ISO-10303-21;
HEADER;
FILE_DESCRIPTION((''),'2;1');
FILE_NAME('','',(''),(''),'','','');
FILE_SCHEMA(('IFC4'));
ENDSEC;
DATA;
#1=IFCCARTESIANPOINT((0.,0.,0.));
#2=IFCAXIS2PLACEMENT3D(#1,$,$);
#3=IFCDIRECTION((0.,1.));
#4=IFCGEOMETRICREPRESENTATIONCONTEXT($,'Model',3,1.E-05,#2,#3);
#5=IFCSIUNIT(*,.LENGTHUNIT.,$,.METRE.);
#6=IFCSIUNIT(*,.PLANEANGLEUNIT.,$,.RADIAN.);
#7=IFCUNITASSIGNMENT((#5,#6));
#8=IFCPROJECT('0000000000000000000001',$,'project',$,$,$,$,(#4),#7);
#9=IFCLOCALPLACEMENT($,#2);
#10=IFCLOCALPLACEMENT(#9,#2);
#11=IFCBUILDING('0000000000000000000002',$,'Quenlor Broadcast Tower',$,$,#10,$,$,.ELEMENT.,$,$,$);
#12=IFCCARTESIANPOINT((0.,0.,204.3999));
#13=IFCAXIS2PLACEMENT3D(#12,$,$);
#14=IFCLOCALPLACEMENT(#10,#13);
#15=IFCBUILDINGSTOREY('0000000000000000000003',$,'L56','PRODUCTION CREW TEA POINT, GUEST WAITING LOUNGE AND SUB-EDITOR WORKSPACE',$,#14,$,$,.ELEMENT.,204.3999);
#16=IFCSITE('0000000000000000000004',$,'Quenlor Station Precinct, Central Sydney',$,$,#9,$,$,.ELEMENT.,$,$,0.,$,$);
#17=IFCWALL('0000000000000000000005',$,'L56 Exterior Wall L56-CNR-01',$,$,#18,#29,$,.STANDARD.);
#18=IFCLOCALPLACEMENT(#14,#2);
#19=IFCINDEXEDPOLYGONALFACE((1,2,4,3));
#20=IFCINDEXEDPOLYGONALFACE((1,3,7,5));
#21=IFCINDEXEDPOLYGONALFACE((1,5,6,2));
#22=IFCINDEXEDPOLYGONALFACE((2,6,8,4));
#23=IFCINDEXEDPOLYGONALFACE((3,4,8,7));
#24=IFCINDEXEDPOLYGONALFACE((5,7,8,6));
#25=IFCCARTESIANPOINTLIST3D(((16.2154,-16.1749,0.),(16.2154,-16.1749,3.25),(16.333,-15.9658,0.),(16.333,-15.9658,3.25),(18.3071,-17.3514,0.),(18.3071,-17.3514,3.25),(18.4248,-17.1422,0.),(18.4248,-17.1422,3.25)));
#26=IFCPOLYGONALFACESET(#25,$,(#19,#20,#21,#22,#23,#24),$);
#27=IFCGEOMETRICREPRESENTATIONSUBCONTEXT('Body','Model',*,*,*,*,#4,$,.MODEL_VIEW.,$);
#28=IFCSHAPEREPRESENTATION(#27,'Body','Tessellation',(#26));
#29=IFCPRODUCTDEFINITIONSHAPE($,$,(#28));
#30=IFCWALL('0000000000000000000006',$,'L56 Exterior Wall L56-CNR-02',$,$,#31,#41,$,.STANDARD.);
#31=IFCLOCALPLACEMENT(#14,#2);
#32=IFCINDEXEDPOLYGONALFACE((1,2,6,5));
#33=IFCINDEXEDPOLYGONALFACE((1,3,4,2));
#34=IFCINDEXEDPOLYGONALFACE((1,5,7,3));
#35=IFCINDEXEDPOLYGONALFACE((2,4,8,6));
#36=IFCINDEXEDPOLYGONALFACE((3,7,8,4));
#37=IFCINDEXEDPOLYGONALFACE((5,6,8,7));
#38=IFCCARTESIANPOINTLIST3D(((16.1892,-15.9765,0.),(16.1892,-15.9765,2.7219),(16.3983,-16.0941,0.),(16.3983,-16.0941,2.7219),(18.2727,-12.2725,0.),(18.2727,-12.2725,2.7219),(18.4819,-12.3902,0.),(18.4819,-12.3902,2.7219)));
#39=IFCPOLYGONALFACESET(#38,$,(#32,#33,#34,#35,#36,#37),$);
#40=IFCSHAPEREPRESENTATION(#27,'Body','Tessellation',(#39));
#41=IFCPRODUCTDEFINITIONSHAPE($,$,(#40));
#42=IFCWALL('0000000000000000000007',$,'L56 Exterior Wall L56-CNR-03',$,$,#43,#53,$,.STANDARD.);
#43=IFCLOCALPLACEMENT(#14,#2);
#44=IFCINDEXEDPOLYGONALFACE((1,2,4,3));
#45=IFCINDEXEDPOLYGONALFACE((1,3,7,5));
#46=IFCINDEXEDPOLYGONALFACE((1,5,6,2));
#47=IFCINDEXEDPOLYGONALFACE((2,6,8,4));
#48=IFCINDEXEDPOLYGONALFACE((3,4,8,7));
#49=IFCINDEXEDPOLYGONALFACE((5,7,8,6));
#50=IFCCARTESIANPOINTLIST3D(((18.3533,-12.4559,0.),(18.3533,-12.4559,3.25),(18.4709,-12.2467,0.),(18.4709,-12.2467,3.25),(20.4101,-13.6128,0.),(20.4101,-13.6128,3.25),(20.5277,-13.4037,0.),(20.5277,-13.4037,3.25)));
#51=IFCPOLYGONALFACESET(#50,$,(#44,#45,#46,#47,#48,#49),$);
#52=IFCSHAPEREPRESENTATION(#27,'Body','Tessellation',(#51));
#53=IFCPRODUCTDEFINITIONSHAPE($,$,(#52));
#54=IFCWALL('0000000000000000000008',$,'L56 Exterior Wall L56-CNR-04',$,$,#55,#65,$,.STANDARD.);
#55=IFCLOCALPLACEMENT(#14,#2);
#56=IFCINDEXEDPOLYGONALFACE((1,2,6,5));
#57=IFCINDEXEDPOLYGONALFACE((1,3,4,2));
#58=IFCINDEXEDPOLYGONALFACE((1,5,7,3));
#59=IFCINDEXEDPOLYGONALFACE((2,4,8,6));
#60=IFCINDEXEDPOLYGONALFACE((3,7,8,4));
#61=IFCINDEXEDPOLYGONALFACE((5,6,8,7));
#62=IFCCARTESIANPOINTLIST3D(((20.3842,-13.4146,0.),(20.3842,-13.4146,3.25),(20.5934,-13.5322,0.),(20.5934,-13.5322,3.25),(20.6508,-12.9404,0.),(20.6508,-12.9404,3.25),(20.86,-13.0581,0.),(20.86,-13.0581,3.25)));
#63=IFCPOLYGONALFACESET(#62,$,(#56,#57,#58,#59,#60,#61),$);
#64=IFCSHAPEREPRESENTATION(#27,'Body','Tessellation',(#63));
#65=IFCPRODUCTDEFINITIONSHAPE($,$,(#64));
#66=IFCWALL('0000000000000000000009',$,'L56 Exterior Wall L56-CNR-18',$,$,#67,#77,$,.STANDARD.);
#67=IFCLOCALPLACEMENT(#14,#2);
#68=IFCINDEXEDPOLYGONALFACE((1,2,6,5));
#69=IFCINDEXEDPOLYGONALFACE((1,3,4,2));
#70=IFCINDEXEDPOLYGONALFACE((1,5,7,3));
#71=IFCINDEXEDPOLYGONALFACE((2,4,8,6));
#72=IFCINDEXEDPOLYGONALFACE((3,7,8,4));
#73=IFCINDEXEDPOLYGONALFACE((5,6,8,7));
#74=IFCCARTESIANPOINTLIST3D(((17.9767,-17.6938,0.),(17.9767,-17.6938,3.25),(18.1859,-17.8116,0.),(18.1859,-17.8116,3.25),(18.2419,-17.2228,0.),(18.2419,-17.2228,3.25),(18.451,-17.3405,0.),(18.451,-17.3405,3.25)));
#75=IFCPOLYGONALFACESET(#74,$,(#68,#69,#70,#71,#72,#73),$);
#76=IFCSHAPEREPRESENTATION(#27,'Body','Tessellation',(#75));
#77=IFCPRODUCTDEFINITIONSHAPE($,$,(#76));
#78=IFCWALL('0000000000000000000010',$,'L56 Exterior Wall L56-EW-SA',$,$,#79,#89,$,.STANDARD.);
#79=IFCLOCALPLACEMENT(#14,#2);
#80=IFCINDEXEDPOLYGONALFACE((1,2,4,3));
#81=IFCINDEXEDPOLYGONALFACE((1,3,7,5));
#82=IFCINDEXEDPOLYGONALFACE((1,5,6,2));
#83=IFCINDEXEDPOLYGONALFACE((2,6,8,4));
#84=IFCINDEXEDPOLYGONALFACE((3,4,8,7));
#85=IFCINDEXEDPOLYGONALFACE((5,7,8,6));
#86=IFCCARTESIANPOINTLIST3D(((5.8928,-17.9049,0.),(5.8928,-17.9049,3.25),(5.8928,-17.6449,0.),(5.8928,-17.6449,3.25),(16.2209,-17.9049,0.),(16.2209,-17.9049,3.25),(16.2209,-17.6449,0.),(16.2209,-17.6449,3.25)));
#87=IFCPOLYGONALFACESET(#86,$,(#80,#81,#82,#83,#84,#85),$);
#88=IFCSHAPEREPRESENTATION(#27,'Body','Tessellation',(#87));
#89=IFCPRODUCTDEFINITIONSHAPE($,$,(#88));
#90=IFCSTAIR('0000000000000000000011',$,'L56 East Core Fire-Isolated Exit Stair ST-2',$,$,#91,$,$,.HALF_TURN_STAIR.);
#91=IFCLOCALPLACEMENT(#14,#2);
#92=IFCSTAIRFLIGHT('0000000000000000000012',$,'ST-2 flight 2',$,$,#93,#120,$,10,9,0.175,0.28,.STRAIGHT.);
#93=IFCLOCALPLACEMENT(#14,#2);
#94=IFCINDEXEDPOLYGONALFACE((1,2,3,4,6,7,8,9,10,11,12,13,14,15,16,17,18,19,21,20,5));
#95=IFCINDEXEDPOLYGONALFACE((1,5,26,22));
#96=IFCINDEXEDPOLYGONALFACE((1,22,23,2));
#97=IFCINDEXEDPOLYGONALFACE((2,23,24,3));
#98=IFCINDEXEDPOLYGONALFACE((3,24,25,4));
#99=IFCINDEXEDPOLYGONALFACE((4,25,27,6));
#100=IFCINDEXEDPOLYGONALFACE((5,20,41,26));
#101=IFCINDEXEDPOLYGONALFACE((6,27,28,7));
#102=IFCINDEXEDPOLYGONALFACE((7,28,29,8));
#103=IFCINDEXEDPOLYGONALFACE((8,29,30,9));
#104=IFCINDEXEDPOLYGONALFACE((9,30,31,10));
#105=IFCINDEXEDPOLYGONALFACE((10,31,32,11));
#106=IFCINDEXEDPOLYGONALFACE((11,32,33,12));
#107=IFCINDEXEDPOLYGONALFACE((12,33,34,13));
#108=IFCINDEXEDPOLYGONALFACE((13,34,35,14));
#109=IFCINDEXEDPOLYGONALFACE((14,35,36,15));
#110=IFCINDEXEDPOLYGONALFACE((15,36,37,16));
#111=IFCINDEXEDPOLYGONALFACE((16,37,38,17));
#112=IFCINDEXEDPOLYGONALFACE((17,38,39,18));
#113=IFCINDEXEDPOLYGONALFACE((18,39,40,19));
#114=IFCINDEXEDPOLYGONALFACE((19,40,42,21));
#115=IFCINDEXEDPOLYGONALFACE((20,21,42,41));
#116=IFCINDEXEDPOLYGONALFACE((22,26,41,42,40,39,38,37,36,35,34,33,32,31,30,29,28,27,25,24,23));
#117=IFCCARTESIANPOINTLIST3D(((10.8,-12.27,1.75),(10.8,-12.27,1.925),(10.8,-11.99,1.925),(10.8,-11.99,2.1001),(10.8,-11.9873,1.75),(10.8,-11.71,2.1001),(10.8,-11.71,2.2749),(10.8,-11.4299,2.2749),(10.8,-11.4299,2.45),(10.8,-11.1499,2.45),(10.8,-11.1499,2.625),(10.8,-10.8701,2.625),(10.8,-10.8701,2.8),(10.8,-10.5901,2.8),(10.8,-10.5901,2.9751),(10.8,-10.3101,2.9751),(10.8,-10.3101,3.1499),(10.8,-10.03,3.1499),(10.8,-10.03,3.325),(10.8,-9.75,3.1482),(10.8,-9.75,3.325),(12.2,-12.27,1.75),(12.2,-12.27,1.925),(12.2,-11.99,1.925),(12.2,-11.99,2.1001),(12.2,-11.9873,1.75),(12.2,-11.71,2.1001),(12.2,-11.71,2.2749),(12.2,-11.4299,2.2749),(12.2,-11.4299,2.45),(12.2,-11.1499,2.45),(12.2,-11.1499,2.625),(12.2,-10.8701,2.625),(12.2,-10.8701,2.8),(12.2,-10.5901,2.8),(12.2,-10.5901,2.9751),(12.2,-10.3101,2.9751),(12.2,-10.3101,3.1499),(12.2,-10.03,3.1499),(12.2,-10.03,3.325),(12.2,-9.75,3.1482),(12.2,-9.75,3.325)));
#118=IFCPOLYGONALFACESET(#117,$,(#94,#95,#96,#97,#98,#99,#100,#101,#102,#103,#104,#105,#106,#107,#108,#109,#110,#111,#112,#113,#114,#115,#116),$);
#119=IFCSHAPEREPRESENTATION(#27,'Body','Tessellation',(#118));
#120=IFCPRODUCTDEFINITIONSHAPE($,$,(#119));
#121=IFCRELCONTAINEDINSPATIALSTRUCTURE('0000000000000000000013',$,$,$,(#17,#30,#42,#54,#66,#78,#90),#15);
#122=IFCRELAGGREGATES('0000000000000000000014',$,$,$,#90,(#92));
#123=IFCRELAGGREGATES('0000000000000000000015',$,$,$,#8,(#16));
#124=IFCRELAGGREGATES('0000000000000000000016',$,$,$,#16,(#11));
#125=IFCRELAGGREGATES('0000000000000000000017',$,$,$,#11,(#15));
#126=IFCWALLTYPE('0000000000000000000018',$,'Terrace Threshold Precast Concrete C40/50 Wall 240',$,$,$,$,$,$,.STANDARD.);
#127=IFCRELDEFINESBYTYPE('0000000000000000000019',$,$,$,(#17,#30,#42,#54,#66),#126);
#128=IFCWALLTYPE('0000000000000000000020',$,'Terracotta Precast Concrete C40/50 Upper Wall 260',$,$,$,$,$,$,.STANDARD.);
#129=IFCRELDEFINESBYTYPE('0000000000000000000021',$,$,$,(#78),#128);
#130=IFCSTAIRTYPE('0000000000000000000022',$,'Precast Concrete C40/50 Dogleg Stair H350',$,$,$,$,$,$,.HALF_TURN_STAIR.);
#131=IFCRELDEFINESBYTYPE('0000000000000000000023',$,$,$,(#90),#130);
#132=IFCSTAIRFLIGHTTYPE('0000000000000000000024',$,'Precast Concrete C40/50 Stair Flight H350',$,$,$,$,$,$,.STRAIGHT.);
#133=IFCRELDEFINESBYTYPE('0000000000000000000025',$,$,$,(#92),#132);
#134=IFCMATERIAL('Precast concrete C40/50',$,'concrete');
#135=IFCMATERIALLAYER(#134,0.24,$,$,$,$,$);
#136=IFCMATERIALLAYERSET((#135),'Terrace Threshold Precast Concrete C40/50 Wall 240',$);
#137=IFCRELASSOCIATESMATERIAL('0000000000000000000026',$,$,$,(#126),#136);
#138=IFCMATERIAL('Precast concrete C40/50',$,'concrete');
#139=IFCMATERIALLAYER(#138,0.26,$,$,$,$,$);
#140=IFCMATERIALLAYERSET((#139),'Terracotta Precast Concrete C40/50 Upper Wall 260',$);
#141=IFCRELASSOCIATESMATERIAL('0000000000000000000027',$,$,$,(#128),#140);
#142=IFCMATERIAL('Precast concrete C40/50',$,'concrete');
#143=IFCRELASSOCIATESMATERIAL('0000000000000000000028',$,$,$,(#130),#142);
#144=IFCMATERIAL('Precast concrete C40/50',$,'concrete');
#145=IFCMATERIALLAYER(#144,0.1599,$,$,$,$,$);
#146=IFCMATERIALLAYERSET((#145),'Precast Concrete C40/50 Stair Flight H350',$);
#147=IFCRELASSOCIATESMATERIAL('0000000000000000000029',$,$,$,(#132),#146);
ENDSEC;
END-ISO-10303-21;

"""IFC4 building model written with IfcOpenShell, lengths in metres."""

from ifc_helpers import new_model, si_unit, direction, frame, frame_2d, origin, place, context, subcontext, project, spatial, polyline, rectangle, outline, extrude, material, layer, layer_set, type_object, element, aggregate, save


model = new_model("IFC4")

# Units and contexts
model_context = context("Model", 3, precision=1e-05, world=origin(), true_north=direction((0.0, 1.0)))
body_context = subcontext(model_context, "Body", "Model", "MODEL_VIEW")
ifc_project = project(units=[si_unit("LENGTHUNIT", "METRE"), si_unit("PLANEANGLEUNIT", "RADIAN")], contexts=[model_context])

# Site, building, storey
site_placement = place(None, origin())
site = spatial("IfcSite", under=ifc_project, at=site_placement, Name="Quenlor Station Precinct, Central Sydney", CompositionType="ELEMENT", RefElevation=0.0)
building_placement = place(site_placement, origin())
building = spatial("IfcBuilding", under=site, at=building_placement, Name="Quenlor Broadcast Tower", CompositionType="ELEMENT")
storey_placement = place(building_placement, frame((0.0, 0.0, 204.3999)))
storey = spatial("IfcBuildingStorey", under=building, at=storey_placement, Name="L56", Description="PRODUCTION CREW TEA POINT, GUEST WAITING LOUNGE AND SUB-EDITOR WORKSPACE", CompositionType="ELEMENT", Elevation=204.3999)

# Walls
ifc_material_1 = material(Name="Precast concrete C40/50", Category="concrete")
ifc_layer_1 = layer(ifc_material_1, 0.24)
ifc_layer_set_1 = layer_set([ifc_layer_1], Name="Terrace Threshold Precast Concrete C40/50 Wall 240")
wall_type_1 = type_object("IfcWallType", Name="Terrace Threshold Precast Concrete C40/50 Wall 240", PredefinedType="STANDARD", material=ifc_layer_set_1)
wall_1_placement = place(storey_placement, frame((18.366, -17.2468, 0.0), z_axis=(0.0, 0.0, 1.0), x_axis=(-0.871597, 0.490223, 0.0)))
element("IfcWall", 1, at=wall_1_placement, inside=storey, type_object=wall_type_1, Name="L56 Exterior Wall L56-CNR-01", PredefinedType="STANDARD", context=body_context, shape_type="SweptSolid", body=[
    extrude(rectangle(XDim=2.3999, YDim=0.24, at=frame_2d((1.2, 0.0))), origin(), (0.0, 0.0, 1.0), 3.25),
])
wall_2_placement = place(storey_placement, frame((16.2937, -16.0354, 0.0), z_axis=(0.0, 0.0, 1.0), x_axis=(0.490275, 0.871568, 0.0)))
element("IfcWall", 2, at=wall_2_placement, inside=storey, type_object=wall_type_1, Name="L56 Exterior Wall L56-CNR-02", PredefinedType="STANDARD", context=body_context, shape_type="SweptSolid", body=[
    extrude(rectangle(XDim=4.2498, YDim=0.24, at=frame_2d((2.125, 0.0))), origin(), (0.0, 0.0, 1.0), 2.7219),
])
wall_3_placement = place(storey_placement, frame((18.4121, -12.3513, 0.0), z_axis=(0.0, 0.0, 1.0), x_axis=(0.871578, -0.490256, 0.0)))
element("IfcWall", 3, at=wall_3_placement, inside=storey, type_object=wall_type_1, Name="L56 Exterior Wall L56-CNR-03", PredefinedType="STANDARD", context=body_context, shape_type="SweptSolid", body=[
    extrude(rectangle(XDim=2.3599, YDim=0.24, at=frame_2d((1.1799, 0.0))), origin(), (0.0, 0.0, 1.0), 3.25),
])
wall_4_placement = place(storey_placement, frame((20.4888, -13.4734, 0.0), z_axis=(0.0, 0.0, 1.0), x_axis=(0.490133, 0.871647, 0.0)))
element("IfcWall", 4, at=wall_4_placement, inside=storey, type_object=wall_type_1, Name="L56 Exterior Wall L56-CNR-04", PredefinedType="STANDARD", context=body_context, shape_type="SweptSolid", body=[
    extrude(rectangle(XDim=0.5439, YDim=0.24, at=frame_2d((0.272, 0.0))), origin(), (0.0, 0.0, 1.0), 3.25),
])
wall_5_placement = place(storey_placement, frame((18.0813, -17.7527, 0.0), z_axis=(0.0, 0.0, 1.0), x_axis=(0.490583, 0.871395, 0.0)))
element("IfcWall", 5, at=wall_5_placement, inside=storey, type_object=wall_type_1, Name="L56 Exterior Wall L56-CNR-18", PredefinedType="STANDARD", context=body_context, shape_type="SweptSolid", body=[
    extrude(rectangle(XDim=0.5405, YDim=0.24, at=frame_2d((0.2703, 0.0))), origin(), (0.0, 0.0, 1.0), 3.25),
])
ifc_material_2 = material(Name="Precast concrete C40/50", Category="concrete")
ifc_layer_2 = layer(ifc_material_2, 0.26)
ifc_layer_set_2 = layer_set([ifc_layer_2], Name="Terracotta Precast Concrete C40/50 Upper Wall 260")
wall_type_2 = type_object("IfcWallType", Name="Terracotta Precast Concrete C40/50 Upper Wall 260", PredefinedType="STANDARD", material=ifc_layer_set_2)
wall_6_placement = place(storey_placement, frame((16.2209, -17.7749, 0.0), z_axis=(0.0, 0.0, 1.0), x_axis=(-1.0, 0.0, 0.0)))
element("IfcWall", 6, at=wall_6_placement, inside=storey, type_object=wall_type_2, Name="L56 Exterior Wall L56-EW-SA", PredefinedType="STANDARD", context=body_context, shape_type="SweptSolid", body=[
    extrude(rectangle(XDim=10.3281, YDim=0.26, at=frame_2d((5.1641, 0.0))), origin(), (0.0, 0.0, 1.0), 3.25),
])

# Stair, stair flight
ifc_material_3 = material(Name="Precast concrete C40/50", Category="concrete")
stair_type = type_object("IfcStairType", Name="Precast Concrete C40/50 Dogleg Stair H350", PredefinedType="HALF_TURN_STAIR", material=ifc_material_3)
stair_placement = place(storey_placement, origin())
stair = element("IfcStair", 7, at=stair_placement, inside=storey, type_object=stair_type, Name="L56 East Core Fire-Isolated Exit Stair ST-2", PredefinedType="HALF_TURN_STAIR")
ifc_material_4 = material(Name="Precast concrete C40/50", Category="concrete")
ifc_layer_3 = layer(ifc_material_4, 0.1599)
ifc_layer_set_3 = layer_set([ifc_layer_3], Name="Precast Concrete C40/50 Stair Flight H350")
stair_flight_type = type_object("IfcStairFlightType", Name="Precast Concrete C40/50 Stair Flight H350", PredefinedType="STRAIGHT", material=ifc_layer_set_3)
stair_flight_placement = place(storey_placement, frame((11.5, -12.27, 1.75), z_axis=(0.0, 0.0, 1.0), x_axis=(0.0, 1.0, 0.0)))
stair_flight = element("IfcStairFlight", 8, at=stair_flight_placement, type_object=stair_flight_type, Name="ST-2 flight 2", NumberOfRisers=10, NumberOfTreads=9, PredefinedType="STRAIGHT", RiserHeight=0.175, TreadLength=0.28, context=body_context, shape_type="SweptSolid", body=[
    extrude(outline(polyline([(0.0, 0.0), (0.0, 0.175), (0.28, 0.175), (0.28, 0.3501), (0.5601, 0.3501), (0.5601, 0.5249), (0.8401, 0.5249), (0.8401, 0.7), (1.1201, 0.7), (1.1201, 0.875), (1.3999, 0.875), (1.3999, 1.05), (1.6799, 1.05), (1.6799, 1.2251), (1.96, 1.2251), (1.96, 1.3999), (2.24, 1.3999), (2.24, 1.575), (2.52, 1.575), (2.52, 1.75), (2.52, 1.3982), (0.2827, 0.0), (0.0, 0.0)])), frame((0.0, 0.7, 0.0), z_axis=(0.0, -1.0, 0.0), x_axis=(1.0, 0.0, 0.0)), (0.0, 0.0, 1.0), 1.3999),
])
aggregate(stair, [stair_flight])

save(model, "model.ifc")
